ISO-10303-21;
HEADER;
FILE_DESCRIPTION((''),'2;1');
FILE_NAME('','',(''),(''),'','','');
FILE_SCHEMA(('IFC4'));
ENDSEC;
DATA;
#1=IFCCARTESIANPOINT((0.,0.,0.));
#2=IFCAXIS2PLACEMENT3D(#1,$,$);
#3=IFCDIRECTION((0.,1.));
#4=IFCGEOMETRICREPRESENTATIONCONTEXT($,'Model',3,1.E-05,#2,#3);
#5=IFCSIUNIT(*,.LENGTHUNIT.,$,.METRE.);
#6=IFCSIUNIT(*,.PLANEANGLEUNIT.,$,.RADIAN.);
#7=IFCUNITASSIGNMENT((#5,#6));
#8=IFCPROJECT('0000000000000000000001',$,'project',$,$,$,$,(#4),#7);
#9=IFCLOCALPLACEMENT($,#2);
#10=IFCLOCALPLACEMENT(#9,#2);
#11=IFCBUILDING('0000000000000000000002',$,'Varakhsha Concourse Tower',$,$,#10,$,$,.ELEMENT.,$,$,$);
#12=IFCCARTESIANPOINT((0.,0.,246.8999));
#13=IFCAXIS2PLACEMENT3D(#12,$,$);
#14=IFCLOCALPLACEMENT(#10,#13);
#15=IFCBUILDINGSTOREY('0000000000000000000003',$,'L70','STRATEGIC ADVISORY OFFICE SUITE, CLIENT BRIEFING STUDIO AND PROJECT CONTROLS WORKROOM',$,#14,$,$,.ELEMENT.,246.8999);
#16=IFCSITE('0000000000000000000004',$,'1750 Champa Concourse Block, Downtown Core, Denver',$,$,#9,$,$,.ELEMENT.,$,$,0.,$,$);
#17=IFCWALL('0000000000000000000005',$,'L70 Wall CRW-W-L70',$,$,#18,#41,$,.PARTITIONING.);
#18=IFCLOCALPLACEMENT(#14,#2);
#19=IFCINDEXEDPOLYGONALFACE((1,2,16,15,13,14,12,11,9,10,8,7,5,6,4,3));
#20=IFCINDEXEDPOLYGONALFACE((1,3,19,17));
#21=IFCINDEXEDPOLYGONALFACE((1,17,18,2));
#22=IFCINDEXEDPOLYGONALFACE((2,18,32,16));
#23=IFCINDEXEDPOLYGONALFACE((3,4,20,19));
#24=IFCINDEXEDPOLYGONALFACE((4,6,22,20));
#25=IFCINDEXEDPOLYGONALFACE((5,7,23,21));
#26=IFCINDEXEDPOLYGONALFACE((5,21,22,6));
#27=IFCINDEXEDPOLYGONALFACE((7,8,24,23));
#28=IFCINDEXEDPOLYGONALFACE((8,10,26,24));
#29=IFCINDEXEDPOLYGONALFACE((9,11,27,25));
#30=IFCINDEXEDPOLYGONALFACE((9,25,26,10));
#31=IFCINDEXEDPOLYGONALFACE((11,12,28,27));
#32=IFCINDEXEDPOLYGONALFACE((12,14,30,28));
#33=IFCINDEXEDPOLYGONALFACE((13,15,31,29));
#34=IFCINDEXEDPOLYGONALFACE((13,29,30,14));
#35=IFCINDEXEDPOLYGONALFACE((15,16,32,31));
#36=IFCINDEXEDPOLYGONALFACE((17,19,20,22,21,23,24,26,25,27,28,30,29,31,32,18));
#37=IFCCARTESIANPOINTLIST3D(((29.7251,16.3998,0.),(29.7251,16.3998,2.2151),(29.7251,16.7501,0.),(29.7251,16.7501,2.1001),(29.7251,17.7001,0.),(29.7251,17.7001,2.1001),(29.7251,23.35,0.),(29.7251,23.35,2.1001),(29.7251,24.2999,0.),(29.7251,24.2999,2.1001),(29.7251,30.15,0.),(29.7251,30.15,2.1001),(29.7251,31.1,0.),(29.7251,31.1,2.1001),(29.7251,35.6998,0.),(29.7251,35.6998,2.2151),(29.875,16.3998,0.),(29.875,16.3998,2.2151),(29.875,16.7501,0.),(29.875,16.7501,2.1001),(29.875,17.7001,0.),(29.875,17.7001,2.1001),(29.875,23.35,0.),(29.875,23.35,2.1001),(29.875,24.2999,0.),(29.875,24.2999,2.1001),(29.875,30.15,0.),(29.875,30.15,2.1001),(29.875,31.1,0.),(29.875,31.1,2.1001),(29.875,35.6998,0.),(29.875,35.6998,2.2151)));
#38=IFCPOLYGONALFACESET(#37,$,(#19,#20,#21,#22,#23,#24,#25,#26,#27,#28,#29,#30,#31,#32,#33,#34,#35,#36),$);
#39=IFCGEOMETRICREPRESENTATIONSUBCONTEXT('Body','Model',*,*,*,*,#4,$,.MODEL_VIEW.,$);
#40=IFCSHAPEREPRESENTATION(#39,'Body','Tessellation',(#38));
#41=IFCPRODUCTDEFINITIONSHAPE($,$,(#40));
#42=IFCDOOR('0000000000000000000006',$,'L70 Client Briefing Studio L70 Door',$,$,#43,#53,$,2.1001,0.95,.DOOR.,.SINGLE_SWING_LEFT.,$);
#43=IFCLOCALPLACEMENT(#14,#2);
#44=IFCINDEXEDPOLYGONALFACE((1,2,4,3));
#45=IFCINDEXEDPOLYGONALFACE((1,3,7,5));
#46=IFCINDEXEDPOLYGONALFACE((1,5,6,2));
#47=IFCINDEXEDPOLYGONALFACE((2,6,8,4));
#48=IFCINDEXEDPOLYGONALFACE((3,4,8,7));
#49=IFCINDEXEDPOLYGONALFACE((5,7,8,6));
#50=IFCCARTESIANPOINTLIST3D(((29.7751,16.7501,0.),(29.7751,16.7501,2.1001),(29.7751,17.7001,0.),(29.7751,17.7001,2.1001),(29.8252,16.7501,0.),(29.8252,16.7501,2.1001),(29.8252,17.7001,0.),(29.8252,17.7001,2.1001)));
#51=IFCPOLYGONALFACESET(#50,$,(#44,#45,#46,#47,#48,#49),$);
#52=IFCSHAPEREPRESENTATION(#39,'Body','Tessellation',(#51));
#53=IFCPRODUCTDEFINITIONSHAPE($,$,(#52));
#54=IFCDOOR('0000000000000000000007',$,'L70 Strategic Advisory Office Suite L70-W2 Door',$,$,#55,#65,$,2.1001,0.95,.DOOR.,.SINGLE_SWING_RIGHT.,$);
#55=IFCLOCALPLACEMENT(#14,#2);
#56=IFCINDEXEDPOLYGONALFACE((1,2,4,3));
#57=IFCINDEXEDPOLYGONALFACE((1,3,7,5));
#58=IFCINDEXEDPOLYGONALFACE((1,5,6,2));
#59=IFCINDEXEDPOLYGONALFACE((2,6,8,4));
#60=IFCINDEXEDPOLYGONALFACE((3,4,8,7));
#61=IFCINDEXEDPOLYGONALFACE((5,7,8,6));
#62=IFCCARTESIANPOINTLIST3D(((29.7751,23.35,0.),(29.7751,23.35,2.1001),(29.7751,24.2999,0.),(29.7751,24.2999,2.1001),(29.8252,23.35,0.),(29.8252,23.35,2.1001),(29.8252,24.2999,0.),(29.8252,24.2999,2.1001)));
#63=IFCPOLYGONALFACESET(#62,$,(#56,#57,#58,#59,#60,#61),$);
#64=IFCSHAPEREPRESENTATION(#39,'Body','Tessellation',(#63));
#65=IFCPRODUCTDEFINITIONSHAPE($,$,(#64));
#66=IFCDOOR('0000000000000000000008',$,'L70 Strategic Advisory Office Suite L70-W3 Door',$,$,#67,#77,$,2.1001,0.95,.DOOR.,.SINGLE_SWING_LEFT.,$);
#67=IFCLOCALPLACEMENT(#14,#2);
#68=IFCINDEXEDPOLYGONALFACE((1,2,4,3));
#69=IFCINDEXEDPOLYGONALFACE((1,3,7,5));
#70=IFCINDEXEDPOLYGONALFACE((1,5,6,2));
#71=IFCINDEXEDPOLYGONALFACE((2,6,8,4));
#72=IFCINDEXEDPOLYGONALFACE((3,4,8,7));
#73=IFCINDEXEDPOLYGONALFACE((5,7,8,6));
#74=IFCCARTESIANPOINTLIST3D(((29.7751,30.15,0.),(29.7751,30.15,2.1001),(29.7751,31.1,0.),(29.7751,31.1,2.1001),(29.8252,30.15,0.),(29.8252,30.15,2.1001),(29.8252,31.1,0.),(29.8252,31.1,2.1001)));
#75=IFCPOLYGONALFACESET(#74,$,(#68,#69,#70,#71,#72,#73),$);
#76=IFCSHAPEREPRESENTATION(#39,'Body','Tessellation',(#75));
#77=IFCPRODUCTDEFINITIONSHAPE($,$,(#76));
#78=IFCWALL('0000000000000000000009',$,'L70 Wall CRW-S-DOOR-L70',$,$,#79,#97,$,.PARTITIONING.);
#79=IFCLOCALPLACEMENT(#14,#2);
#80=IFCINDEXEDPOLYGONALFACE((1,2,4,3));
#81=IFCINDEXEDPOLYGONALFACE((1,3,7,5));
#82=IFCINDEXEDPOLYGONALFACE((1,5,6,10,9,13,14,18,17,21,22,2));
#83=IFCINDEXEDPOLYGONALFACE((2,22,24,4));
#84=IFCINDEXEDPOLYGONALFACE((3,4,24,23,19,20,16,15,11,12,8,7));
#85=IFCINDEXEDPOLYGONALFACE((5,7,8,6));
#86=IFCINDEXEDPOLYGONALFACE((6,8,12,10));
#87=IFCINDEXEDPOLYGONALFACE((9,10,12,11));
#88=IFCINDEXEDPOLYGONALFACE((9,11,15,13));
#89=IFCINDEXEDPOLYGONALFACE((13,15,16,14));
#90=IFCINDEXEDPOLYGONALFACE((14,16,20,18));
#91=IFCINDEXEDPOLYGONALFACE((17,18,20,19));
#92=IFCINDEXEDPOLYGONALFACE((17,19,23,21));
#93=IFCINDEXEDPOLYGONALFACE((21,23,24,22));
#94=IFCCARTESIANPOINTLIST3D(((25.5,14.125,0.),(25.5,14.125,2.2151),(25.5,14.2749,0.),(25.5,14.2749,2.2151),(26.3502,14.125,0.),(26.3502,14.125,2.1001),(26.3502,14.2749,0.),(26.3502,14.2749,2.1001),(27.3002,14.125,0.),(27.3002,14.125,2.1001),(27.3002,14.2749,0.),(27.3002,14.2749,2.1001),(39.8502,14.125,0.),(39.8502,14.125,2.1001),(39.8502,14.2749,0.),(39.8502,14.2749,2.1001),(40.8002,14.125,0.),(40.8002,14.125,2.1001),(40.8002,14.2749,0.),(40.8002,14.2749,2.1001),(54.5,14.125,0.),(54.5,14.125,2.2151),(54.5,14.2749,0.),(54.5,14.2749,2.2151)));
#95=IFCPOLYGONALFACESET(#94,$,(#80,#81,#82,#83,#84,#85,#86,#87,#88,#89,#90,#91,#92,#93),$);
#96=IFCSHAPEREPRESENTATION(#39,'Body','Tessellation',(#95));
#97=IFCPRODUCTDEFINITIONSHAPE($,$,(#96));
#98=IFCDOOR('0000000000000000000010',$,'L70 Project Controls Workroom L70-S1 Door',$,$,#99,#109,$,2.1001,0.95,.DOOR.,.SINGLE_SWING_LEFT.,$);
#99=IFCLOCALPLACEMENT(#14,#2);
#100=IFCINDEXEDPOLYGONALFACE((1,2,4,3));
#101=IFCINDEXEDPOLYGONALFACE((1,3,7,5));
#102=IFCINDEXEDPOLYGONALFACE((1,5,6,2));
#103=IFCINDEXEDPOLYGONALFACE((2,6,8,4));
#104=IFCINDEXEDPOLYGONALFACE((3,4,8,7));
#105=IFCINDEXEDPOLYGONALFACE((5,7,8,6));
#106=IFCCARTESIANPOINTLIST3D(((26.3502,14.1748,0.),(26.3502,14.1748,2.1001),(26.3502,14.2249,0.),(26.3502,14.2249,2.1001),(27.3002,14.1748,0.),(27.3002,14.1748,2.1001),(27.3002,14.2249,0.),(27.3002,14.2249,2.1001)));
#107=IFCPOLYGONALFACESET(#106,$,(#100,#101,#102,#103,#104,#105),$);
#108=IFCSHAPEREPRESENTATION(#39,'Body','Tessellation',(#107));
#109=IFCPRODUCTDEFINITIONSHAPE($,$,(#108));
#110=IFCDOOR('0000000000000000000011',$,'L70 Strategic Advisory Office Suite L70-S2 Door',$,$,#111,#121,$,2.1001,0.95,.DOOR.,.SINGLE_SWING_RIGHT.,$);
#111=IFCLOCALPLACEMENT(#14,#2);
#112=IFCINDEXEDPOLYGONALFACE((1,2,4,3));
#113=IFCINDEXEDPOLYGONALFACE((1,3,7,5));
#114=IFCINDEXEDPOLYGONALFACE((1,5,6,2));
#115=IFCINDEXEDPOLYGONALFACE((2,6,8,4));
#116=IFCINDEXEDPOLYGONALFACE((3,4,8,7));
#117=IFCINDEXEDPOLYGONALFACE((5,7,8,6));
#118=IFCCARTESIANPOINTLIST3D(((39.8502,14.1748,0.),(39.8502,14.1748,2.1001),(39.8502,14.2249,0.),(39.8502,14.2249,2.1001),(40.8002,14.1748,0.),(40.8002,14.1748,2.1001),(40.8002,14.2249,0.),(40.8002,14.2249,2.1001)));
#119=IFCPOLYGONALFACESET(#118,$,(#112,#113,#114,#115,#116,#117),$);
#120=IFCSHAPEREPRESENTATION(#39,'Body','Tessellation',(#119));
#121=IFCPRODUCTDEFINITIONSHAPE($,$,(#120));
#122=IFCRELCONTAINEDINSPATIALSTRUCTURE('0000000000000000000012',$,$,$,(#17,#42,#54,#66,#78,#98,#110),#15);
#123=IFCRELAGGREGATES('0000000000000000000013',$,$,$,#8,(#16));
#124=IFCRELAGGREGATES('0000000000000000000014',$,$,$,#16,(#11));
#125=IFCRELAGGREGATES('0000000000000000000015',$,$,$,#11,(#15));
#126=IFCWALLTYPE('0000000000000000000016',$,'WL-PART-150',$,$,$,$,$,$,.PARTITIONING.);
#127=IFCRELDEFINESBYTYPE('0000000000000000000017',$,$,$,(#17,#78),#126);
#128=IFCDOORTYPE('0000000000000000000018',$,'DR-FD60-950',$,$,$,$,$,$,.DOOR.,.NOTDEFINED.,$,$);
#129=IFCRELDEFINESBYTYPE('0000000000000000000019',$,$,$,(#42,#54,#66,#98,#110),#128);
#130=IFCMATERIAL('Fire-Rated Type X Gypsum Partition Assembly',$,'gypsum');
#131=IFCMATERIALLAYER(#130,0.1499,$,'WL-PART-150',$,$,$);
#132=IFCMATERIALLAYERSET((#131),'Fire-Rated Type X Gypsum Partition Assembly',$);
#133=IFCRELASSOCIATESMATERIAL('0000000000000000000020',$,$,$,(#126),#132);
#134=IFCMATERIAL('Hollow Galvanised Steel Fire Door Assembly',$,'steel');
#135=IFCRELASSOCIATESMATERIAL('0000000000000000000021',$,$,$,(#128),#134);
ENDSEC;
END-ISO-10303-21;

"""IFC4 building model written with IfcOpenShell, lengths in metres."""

from ifc_helpers import new_model, si_unit, direction, frame, frame_2d, origin, place, context, subcontext, project, spatial, rectangle, extrude, material, layer, layer_set, type_object, element, fill, save


model = new_model("IFC4")

# Units and contexts
model_context = context("Model", 3, precision=1e-05, world=origin(), true_north=direction((0.0, 1.0)))
body_context = subcontext(model_context, "Body", "Model", "MODEL_VIEW")
ifc_project = project(units=[si_unit("LENGTHUNIT", "METRE"), si_unit("PLANEANGLEUNIT", "RADIAN")], contexts=[model_context])

# Site, building, storey
site_placement = place(None, origin())
site = spatial("IfcSite", under=ifc_project, at=site_placement, Name="1750 Champa Concourse Block, Downtown Core, Denver", CompositionType="ELEMENT", RefElevation=0.0)
building_placement = place(site_placement, origin())
building = spatial("IfcBuilding", under=site, at=building_placement, Name="Varakhsha Concourse Tower", CompositionType="ELEMENT")
storey_placement = place(building_placement, frame((0.0, 0.0, 246.8999)))
storey = spatial("IfcBuildingStorey", under=building, at=storey_placement, Name="L70", Description="STRATEGIC ADVISORY OFFICE SUITE, CLIENT BRIEFING STUDIO AND PROJECT CONTROLS WORKROOM", CompositionType="ELEMENT", Elevation=246.8999)

# Walls, openings, doors
ifc_material_1 = material(Name="Fire-Rated Type X Gypsum Partition Assembly", Category="gypsum")
ifc_layer_1 = layer(ifc_material_1, 0.1499, Name="WL-PART-150")
ifc_layer_set_1 = layer_set([ifc_layer_1], Name="Fire-Rated Type X Gypsum Partition Assembly")
wall_type = type_object("IfcWallType", Name="WL-PART-150", PredefinedType="PARTITIONING", material=ifc_layer_set_1)
wall_1_placement = place(storey_placement, frame((29.8, 16.3999, 0.0), z_axis=(0.0, 0.0, 1.0), x_axis=(0.0, 1.0, 0.0)))
wall_1 = element("IfcWall", 1, at=wall_1_placement, inside=storey, type_object=wall_type, Name="L70 Wall CRW-W-L70", PredefinedType="PARTITIONING", context=body_context, shape_type="SweptSolid", body=[
    extrude(rectangle(XDim=19.3, YDim=0.1499, at=frame_2d((9.6499, 0.0))), origin(), (0.0, 0.0, 1.0), 2.2151),
])
opening_1_placement = place(wall_1_placement, frame((0.3501, 0.0, 0.0)))
opening_1 = element("IfcOpeningElement", 2, at=opening_1_placement, cuts=wall_1, PredefinedType="OPENING", context=body_context, shape_type="SweptSolid", body=[
    extrude(rectangle(XDim=0.95, YDim=2.1001, at=frame_2d((0.4751, 1.05))), frame((0.0, 0.085, 0.0), z_axis=(0.0, -1.0, 0.0), x_axis=(1.0, 0.0, 0.0)), (0.0, 0.0, 1.0), 0.1699),
])
opening_2_placement = place(wall_1_placement, frame((6.95, 0.0, 0.0)))
opening_2 = element("IfcOpeningElement", 3, at=opening_2_placement, cuts=wall_1, PredefinedType="OPENING", context=body_context, shape_type="SweptSolid", body=[
    extrude(rectangle(XDim=0.95, YDim=2.1001, at=frame_2d((0.4751, 1.05))), frame((0.0, 0.085, 0.0), z_axis=(0.0, -1.0, 0.0), x_axis=(1.0, 0.0, 0.0)), (0.0, 0.0, 1.0), 0.1699),
])
opening_3_placement = place(wall_1_placement, frame((13.75, 0.0, 0.0)))
opening_3 = element("IfcOpeningElement", 4, at=opening_3_placement, cuts=wall_1, PredefinedType="OPENING", context=body_context, shape_type="SweptSolid", body=[
    extrude(rectangle(XDim=0.95, YDim=2.1001, at=frame_2d((0.4751, 1.05))), frame((0.0, 0.085, 0.0), z_axis=(0.0, -1.0, 0.0), x_axis=(1.0, 0.0, 0.0)), (0.0, 0.0, 1.0), 0.1699),
])
ifc_material_2 = material(Name="Hollow Galvanised Steel Fire Door Assembly", Category="steel")
door_type = type_object("IfcDoorType", Name="DR-FD60-950", OperationType="NOTDEFINED", PredefinedType="DOOR", material=ifc_material_2)
door_1_placement = place(opening_1_placement, origin())
door_1 = element("IfcDoor", 5, at=door_1_placement, inside=storey, type_object=door_type, Name="L70 Client Briefing Studio L70 Door", OperationType="SINGLE_SWING_LEFT", OverallHeight=2.1001, OverallWidth=0.95, PredefinedType="DOOR", context=body_context, shape_type="SweptSolid", body=[
    extrude(rectangle(XDim=0.95, YDim=2.1001, at=frame_2d((0.4751, 1.05))), frame((0.0, 0.0249, 0.0), z_axis=(0.0, -1.0, 0.0), x_axis=(1.0, 0.0, 0.0)), (0.0, 0.0, 1.0), 0.05),
])
fill(opening_1, door_1)
door_2_placement = place(opening_2_placement, origin())
door_2 = element("IfcDoor", 6, at=door_2_placement, inside=storey, type_object=door_type, Name="L70 Strategic Advisory Office Suite L70-W2 Door", OperationType="SINGLE_SWING_RIGHT", OverallHeight=2.1001, OverallWidth=0.95, PredefinedType="DOOR", context=body_context, shape_type="SweptSolid", body=[
    extrude(rectangle(XDim=0.95, YDim=2.1001, at=frame_2d((0.4751, 1.05))), frame((0.0, 0.0249, 0.0), z_axis=(0.0, -1.0, 0.0), x_axis=(1.0, 0.0, 0.0)), (0.0, 0.0, 1.0), 0.05),
])
fill(opening_2, door_2)
door_3_placement = place(opening_3_placement, origin())
door_3 = element("IfcDoor", 7, at=door_3_placement, inside=storey, type_object=door_type, Name="L70 Strategic Advisory Office Suite L70-W3 Door", OperationType="SINGLE_SWING_LEFT", OverallHeight=2.1001, OverallWidth=0.95, PredefinedType="DOOR", context=body_context, shape_type="SweptSolid", body=[
    extrude(rectangle(XDim=0.95, YDim=2.1001, at=frame_2d((0.4751, 1.05))), frame((0.0, 0.0249, 0.0), z_axis=(0.0, -1.0, 0.0), x_axis=(1.0, 0.0, 0.0)), (0.0, 0.0, 1.0), 0.05),
])
fill(opening_3, door_3)
wall_2_placement = place(storey_placement, frame((25.5, 14.2, 0.0), z_axis=(0.0, 0.0, 1.0), x_axis=(1.0, 0.0, 0.0)))
wall_2 = element("IfcWall", 8, at=wall_2_placement, inside=storey, type_object=wall_type, Name="L70 Wall CRW-S-DOOR-L70", PredefinedType="PARTITIONING", context=body_context, shape_type="SweptSolid", body=[
    extrude(rectangle(XDim=29.0, YDim=0.1499, at=frame_2d((14.5, 0.0))), origin(), (0.0, 0.0, 1.0), 2.2151),
])
opening_4_placement = place(wall_2_placement, frame((0.8501, 0.0, 0.0)))
opening_4 = element("IfcOpeningElement", 9, at=opening_4_placement, cuts=wall_2, PredefinedType="OPENING", context=body_context, shape_type="SweptSolid", body=[
    extrude(rectangle(XDim=0.95, YDim=2.1001, at=frame_2d((0.4751, 1.05))), frame((0.0, 0.085, 0.0), z_axis=(0.0, -1.0, 0.0), x_axis=(1.0, 0.0, 0.0)), (0.0, 0.0, 1.0), 0.1699),
])
opening_5_placement = place(wall_2_placement, frame((14.3501, 0.0, 0.0)))
opening_5 = element("IfcOpeningElement", 10, at=opening_5_placement, cuts=wall_2, PredefinedType="OPENING", context=body_context, shape_type="SweptSolid", body=[
    extrude(rectangle(XDim=0.95, YDim=2.1001, at=frame_2d((0.4751, 1.05))), frame((0.0, 0.085, 0.0), z_axis=(0.0, -1.0, 0.0), x_axis=(1.0, 0.0, 0.0)), (0.0, 0.0, 1.0), 0.1699),
])
door_4_placement = place(opening_4_placement, origin())
door_4 = element("IfcDoor", 11, at=door_4_placement, inside=storey, type_object=door_type, Name="L70 Project Controls Workroom L70-S1 Door", OperationType="SINGLE_SWING_LEFT", OverallHeight=2.1001, OverallWidth=0.95, PredefinedType="DOOR", context=body_context, shape_type="SweptSolid", body=[
    extrude(rectangle(XDim=0.95, YDim=2.1001, at=frame_2d((0.4751, 1.05))), frame((0.0, 0.0249, 0.0), z_axis=(0.0, -1.0, 0.0), x_axis=(1.0, 0.0, 0.0)), (0.0, 0.0, 1.0), 0.05),
])
fill(opening_4, door_4)
door_5_placement = place(opening_5_placement, origin())
door_5 = element("IfcDoor", 12, at=door_5_placement, inside=storey, type_object=door_type, Name="L70 Strategic Advisory Office Suite L70-S2 Door", OperationType="SINGLE_SWING_RIGHT", OverallHeight=2.1001, OverallWidth=0.95, PredefinedType="DOOR", context=body_context, shape_type="SweptSolid", body=[
    extrude(rectangle(XDim=0.95, YDim=2.1001, at=frame_2d((0.4751, 1.05))), frame((0.0, 0.0249, 0.0), z_axis=(0.0, -1.0, 0.0), x_axis=(1.0, 0.0, 0.0)), (0.0, 0.0, 1.0), 0.05),
])
fill(opening_5, door_5)

save(model, "model.ifc")
